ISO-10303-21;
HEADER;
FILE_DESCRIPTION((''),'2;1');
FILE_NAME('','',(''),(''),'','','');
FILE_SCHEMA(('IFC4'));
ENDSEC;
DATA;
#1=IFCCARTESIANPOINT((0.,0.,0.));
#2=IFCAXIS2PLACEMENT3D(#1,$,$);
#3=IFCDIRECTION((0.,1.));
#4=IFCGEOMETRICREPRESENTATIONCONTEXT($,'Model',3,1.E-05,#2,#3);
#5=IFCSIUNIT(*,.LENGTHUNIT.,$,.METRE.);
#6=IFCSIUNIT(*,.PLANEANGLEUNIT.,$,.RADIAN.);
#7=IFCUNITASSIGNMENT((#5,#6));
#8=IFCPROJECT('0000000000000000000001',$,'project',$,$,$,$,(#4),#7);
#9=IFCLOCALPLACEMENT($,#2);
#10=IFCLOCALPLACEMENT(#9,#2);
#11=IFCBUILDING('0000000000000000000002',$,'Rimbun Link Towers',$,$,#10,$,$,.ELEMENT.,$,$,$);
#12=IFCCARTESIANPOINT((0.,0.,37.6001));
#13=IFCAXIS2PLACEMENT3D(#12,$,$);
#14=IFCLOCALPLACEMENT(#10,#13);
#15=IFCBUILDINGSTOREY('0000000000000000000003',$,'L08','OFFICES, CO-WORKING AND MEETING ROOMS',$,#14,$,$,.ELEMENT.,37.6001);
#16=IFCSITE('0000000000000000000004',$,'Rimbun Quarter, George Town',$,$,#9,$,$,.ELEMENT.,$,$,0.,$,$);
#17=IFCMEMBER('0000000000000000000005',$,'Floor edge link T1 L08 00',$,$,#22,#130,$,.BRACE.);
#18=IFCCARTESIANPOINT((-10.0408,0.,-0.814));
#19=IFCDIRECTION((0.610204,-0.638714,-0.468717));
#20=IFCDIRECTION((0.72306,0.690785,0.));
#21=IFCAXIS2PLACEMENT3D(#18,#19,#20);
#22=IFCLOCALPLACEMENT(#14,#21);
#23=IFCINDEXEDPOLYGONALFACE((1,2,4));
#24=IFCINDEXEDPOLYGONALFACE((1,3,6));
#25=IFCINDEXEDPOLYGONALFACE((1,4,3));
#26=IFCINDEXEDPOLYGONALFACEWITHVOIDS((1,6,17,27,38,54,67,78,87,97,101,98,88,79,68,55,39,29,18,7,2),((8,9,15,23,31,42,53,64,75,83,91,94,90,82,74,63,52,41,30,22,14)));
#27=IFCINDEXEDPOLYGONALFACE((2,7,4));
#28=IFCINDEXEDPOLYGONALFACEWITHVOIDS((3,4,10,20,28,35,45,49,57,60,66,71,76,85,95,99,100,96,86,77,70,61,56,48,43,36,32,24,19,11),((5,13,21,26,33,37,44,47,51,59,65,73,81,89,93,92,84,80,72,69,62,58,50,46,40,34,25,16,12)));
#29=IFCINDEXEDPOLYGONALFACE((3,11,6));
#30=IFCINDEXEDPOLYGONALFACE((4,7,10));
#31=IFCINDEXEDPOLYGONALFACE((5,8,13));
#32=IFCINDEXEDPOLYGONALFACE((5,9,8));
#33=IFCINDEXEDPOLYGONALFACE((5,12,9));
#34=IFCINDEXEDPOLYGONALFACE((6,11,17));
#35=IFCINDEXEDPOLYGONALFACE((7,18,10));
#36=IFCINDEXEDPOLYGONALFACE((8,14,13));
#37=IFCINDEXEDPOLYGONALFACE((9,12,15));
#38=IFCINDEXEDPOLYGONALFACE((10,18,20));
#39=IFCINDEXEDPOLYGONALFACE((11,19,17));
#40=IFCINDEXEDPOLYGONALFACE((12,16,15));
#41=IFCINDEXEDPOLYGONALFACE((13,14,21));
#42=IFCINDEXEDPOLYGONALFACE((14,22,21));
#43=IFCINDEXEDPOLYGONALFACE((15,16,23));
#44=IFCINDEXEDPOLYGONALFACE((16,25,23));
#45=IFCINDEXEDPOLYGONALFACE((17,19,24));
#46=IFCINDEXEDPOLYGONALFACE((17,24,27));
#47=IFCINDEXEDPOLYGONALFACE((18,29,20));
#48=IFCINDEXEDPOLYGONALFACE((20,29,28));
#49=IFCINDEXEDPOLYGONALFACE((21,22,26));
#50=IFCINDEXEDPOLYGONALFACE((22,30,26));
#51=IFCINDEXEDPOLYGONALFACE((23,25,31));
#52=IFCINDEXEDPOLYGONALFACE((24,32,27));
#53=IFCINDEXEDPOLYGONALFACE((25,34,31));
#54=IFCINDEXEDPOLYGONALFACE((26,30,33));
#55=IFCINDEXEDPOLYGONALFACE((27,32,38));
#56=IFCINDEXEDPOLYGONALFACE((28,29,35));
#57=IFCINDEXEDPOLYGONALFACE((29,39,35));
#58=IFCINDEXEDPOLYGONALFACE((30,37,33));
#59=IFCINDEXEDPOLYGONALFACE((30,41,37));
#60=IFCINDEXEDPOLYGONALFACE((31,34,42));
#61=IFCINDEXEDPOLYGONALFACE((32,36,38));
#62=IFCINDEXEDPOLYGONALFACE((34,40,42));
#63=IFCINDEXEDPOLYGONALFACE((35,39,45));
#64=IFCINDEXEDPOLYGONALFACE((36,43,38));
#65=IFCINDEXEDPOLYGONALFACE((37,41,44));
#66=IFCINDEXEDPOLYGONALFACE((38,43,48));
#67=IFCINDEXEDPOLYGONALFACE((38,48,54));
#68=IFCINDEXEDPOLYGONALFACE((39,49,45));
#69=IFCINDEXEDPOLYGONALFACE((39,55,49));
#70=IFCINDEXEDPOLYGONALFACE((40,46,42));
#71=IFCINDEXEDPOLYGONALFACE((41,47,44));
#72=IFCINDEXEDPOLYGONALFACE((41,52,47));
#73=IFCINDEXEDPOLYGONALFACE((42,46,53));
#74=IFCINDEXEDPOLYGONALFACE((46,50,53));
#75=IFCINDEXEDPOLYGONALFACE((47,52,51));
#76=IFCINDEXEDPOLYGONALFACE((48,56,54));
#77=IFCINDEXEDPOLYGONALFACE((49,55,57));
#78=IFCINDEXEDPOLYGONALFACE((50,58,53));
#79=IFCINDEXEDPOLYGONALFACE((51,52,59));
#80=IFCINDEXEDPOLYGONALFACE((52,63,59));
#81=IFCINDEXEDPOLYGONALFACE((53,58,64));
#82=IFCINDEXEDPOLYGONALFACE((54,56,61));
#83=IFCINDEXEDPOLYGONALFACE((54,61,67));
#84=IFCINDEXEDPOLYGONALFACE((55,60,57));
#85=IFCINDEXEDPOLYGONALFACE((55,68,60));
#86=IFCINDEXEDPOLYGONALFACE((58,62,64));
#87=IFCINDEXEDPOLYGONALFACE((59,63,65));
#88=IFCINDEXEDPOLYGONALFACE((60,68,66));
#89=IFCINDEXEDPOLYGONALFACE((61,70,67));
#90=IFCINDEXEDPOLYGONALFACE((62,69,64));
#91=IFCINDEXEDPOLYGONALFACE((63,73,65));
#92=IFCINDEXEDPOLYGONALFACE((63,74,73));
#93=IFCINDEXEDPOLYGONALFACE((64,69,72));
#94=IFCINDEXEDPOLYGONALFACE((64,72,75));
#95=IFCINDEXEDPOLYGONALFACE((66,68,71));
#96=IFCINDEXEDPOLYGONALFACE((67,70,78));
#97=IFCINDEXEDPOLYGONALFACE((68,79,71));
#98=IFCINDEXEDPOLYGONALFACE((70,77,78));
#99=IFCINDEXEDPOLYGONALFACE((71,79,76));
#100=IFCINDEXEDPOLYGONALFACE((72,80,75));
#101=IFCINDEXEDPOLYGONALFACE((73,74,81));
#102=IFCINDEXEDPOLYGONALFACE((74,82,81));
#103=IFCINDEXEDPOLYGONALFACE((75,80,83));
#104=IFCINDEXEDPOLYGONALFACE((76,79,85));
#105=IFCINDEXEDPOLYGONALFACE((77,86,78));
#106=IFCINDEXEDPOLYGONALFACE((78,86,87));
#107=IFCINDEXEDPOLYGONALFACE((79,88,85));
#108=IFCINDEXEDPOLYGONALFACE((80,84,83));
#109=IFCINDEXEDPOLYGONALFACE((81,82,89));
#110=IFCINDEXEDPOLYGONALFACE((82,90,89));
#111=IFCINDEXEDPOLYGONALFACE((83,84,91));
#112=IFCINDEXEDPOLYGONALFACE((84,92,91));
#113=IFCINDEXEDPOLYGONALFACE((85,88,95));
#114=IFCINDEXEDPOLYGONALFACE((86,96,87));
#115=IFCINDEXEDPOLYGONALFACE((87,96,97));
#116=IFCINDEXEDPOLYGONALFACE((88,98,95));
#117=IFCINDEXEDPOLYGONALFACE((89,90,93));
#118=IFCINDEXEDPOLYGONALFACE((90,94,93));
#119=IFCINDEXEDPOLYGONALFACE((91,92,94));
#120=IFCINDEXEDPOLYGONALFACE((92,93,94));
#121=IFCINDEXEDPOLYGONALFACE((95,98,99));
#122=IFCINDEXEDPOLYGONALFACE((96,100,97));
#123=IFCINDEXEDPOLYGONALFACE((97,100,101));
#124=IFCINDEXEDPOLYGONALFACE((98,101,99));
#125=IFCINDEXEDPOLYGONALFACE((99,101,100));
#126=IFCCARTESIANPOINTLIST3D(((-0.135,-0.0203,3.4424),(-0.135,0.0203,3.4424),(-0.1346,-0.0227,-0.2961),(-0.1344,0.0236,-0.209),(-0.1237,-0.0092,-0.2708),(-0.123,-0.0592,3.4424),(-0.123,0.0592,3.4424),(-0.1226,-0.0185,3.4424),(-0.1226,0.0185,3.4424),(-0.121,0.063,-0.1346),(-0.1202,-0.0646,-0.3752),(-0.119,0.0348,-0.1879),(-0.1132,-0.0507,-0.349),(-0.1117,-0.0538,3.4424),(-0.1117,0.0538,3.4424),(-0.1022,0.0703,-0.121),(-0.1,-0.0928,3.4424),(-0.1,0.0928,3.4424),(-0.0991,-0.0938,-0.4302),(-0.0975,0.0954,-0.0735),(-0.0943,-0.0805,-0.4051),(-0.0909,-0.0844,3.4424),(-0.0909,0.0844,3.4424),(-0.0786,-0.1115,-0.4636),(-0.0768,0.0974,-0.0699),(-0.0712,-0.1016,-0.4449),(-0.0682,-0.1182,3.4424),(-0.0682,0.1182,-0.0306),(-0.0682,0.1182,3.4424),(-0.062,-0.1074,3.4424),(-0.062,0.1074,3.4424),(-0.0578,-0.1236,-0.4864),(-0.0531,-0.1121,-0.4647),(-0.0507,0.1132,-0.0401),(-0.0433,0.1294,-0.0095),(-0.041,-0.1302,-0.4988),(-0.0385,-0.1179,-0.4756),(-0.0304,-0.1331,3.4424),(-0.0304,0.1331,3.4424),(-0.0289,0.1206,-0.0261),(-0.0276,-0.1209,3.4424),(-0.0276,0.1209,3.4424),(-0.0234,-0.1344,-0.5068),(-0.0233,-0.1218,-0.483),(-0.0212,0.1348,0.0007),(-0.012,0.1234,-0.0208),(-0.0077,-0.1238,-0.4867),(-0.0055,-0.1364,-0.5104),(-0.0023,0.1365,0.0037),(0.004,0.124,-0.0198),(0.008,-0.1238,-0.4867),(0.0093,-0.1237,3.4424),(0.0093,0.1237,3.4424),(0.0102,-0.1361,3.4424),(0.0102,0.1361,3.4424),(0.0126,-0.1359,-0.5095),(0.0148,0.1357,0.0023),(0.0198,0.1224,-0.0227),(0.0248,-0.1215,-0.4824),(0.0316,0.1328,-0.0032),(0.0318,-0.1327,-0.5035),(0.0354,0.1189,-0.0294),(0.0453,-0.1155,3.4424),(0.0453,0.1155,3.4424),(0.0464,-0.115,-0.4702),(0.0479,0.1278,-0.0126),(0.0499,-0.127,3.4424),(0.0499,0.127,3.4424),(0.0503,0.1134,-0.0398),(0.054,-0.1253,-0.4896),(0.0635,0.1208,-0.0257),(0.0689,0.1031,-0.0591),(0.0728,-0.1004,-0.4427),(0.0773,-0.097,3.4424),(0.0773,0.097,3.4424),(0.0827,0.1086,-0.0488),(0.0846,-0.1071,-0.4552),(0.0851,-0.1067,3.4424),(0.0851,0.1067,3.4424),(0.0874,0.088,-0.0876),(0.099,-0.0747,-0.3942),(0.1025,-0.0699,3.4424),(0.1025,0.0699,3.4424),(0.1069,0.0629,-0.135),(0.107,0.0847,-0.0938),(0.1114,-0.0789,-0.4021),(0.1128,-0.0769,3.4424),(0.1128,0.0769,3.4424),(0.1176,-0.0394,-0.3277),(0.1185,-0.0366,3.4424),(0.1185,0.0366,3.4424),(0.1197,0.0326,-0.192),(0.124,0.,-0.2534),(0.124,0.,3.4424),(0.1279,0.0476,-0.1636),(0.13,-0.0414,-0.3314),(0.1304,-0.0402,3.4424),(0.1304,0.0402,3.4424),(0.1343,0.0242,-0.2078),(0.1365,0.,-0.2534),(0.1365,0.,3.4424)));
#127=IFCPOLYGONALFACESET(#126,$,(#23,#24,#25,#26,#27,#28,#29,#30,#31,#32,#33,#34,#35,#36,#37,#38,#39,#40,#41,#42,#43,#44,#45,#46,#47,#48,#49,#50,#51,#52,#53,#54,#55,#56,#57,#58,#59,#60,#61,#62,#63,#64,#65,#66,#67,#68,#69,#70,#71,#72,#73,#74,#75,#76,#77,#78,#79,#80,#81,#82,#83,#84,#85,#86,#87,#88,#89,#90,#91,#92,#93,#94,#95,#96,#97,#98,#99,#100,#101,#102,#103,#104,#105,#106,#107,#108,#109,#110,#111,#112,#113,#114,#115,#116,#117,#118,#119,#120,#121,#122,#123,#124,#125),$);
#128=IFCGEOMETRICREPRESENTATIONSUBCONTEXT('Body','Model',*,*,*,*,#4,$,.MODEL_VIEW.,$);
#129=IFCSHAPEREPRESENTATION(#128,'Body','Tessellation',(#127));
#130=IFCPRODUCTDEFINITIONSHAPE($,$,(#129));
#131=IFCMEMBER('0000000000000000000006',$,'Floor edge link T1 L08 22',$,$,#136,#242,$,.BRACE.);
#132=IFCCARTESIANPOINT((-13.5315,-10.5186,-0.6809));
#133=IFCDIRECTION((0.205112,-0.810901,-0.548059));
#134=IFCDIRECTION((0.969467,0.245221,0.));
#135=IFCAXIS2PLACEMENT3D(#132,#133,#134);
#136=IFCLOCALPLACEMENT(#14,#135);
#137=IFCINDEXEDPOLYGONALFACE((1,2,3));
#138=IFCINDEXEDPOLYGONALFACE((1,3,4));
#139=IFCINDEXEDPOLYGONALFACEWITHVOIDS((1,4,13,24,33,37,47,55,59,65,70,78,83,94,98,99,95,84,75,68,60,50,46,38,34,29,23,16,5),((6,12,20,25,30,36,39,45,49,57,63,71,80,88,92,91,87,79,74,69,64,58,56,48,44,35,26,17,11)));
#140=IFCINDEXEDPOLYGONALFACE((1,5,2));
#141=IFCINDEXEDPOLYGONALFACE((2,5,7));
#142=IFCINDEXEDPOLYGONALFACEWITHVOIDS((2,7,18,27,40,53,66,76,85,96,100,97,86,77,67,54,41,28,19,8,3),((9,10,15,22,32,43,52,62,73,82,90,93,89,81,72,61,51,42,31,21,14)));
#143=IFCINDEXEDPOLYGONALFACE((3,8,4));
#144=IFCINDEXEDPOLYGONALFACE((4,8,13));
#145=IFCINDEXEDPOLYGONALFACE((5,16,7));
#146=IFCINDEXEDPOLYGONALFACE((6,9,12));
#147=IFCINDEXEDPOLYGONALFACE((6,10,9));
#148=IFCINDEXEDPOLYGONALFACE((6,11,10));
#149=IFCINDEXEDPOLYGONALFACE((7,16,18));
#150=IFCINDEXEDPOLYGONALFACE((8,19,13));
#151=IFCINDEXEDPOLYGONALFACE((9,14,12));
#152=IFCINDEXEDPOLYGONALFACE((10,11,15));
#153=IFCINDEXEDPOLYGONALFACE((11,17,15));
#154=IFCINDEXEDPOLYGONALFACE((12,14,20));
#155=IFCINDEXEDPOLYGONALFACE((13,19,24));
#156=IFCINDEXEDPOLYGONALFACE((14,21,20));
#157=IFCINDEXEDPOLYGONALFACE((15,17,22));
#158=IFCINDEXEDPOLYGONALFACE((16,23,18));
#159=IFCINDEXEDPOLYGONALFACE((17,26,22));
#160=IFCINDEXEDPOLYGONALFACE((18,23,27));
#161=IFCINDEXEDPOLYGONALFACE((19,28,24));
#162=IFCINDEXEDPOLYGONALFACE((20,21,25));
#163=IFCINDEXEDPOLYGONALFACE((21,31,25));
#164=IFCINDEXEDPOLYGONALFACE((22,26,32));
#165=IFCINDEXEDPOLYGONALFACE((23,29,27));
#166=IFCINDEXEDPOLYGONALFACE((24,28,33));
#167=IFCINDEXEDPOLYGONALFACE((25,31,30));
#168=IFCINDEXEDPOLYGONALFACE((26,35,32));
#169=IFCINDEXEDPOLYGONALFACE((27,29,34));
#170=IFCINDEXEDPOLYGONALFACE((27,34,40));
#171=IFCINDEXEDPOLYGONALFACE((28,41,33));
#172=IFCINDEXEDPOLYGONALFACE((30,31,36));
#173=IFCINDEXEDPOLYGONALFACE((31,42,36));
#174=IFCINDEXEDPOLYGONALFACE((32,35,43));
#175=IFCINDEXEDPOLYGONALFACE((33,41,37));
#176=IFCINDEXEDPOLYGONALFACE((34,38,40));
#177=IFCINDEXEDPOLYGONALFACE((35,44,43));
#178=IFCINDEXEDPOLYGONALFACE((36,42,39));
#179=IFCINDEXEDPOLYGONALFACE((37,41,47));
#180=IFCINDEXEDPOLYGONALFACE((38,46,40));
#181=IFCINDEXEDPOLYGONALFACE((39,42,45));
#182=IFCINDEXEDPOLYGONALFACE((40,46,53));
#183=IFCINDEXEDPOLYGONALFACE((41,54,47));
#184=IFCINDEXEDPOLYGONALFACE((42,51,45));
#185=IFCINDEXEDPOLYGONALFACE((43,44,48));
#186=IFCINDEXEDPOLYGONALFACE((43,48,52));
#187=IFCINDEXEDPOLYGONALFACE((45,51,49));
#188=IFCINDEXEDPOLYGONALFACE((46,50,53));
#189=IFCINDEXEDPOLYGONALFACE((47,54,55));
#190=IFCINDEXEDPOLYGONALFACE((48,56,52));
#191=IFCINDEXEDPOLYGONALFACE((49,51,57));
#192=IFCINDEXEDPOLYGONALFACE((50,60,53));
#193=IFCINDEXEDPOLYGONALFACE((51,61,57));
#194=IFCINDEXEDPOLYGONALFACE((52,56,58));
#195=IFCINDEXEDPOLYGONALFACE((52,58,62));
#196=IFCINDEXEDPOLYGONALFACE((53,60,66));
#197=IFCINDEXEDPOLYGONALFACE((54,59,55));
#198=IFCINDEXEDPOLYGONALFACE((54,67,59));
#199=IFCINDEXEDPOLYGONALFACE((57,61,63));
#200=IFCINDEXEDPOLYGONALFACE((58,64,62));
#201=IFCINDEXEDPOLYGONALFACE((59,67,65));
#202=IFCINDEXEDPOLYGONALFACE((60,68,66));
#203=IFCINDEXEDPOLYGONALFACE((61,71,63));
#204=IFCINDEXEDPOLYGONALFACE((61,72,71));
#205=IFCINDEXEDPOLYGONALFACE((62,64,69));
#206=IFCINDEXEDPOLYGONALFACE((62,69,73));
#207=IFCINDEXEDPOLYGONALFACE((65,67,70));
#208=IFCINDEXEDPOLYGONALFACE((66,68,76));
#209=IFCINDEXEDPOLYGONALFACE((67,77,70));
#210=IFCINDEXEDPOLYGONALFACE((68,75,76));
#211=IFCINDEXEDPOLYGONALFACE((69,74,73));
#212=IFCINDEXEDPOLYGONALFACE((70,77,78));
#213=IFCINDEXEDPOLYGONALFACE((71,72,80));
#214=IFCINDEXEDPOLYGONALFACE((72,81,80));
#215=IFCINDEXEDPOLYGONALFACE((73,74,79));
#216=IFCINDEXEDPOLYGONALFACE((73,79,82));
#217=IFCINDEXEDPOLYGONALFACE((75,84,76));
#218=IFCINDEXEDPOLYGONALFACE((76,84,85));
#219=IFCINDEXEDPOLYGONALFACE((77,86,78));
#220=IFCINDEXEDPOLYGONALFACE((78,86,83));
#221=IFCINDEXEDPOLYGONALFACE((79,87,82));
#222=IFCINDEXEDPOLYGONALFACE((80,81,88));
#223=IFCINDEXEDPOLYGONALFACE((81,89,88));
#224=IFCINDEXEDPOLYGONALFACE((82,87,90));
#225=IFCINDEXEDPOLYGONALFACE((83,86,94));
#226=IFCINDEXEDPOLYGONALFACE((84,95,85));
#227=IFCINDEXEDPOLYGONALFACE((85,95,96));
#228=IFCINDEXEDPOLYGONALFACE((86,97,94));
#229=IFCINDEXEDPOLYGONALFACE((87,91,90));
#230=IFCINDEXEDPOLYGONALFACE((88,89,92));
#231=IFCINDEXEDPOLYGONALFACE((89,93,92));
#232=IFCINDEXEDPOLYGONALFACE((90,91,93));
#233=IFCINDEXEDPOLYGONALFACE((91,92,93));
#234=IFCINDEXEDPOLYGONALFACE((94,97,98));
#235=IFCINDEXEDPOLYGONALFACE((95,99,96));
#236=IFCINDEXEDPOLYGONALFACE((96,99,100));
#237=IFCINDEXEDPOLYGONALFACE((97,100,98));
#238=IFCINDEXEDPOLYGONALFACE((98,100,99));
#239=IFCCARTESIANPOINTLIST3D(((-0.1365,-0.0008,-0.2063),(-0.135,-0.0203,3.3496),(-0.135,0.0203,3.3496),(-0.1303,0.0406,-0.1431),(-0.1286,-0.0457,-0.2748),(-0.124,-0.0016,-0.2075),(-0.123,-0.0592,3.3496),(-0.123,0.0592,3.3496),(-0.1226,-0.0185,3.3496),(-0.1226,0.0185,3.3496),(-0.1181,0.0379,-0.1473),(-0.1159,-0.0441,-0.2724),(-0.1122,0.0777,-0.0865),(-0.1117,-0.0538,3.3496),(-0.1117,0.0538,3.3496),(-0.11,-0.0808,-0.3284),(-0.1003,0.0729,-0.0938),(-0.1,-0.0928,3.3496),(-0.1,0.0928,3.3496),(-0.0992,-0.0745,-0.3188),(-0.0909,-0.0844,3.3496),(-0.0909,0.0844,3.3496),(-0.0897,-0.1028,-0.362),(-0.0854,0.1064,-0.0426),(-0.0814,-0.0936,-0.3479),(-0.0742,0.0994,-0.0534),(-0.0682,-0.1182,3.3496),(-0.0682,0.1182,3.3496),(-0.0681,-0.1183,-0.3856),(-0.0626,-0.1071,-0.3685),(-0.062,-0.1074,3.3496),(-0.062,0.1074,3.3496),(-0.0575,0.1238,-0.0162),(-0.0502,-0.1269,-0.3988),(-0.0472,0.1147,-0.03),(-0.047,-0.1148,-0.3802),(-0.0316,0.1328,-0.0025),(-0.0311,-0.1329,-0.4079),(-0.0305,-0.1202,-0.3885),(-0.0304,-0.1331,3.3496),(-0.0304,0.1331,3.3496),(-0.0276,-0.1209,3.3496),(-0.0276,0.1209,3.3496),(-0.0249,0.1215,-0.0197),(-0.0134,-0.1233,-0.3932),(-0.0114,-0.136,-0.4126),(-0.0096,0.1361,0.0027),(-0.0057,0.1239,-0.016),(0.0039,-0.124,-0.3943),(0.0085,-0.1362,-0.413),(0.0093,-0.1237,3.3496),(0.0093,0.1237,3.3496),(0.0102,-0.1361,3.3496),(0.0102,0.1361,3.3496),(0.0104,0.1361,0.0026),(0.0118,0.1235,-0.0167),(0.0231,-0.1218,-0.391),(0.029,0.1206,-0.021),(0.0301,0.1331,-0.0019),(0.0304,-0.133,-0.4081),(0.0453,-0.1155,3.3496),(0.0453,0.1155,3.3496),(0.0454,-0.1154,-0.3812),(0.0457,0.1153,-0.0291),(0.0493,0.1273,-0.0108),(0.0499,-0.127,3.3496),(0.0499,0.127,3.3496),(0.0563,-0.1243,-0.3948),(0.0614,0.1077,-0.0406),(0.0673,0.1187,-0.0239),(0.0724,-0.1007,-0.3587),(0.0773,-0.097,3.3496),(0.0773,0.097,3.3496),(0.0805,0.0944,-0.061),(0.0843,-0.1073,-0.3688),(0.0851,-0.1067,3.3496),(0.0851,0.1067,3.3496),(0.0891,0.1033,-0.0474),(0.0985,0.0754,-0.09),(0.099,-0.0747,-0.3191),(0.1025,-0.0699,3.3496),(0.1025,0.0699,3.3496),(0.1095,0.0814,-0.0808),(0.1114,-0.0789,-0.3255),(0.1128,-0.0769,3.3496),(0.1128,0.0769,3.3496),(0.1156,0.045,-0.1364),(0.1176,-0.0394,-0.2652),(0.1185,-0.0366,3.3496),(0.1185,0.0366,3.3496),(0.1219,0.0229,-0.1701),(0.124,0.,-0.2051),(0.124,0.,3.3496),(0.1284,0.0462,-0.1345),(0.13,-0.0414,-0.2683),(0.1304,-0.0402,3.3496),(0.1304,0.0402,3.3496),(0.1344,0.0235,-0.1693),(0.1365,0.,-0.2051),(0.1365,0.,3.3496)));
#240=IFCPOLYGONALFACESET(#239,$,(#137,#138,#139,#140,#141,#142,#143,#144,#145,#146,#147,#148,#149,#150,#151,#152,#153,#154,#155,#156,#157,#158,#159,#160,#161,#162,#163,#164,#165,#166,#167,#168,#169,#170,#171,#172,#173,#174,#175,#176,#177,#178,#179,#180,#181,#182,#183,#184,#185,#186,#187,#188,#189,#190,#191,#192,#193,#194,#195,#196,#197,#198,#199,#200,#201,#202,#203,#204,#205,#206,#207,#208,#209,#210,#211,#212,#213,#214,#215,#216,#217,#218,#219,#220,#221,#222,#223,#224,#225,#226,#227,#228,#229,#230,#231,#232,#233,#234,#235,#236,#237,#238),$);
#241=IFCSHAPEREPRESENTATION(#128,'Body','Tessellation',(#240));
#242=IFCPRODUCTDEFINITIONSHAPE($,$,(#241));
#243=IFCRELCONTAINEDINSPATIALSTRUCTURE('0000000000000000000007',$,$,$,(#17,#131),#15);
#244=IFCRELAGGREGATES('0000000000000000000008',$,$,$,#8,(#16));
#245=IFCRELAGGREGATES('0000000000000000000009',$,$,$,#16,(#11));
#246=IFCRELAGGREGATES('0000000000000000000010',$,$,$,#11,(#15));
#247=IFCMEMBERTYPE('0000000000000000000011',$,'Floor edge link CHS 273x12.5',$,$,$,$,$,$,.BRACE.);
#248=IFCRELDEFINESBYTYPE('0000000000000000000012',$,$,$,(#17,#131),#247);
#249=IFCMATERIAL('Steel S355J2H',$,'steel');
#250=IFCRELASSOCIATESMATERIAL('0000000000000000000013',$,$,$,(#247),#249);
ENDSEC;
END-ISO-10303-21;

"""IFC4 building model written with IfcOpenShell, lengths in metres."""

from ifc_helpers import new_model, si_unit, direction, frame, origin, origin_2d, place, context, subcontext, project, spatial, hollow_circle, extrude, clip, halfspace, material, material_profile, profile_set, type_object, element, save


model = new_model("IFC4")

# Units and contexts
model_context = context("Model", 3, precision=1e-05, world=origin(), true_north=direction((0.0, 1.0)))
body_context = subcontext(model_context, "Body", "Model", "MODEL_VIEW")
ifc_project = project(units=[si_unit("LENGTHUNIT", "METRE"), si_unit("PLANEANGLEUNIT", "RADIAN")], contexts=[model_context])

# Site, building, storey
site_placement = place(None, origin())
site = spatial("IfcSite", under=ifc_project, at=site_placement, Name="Rimbun Quarter, George Town", CompositionType="ELEMENT", RefElevation=0.0)
building_placement = place(site_placement, origin())
building = spatial("IfcBuilding", under=site, at=building_placement, Name="Rimbun Link Towers", CompositionType="ELEMENT")
storey_placement = place(building_placement, frame((0.0, 0.0, 37.6001)))
storey = spatial("IfcBuildingStorey", under=building, at=storey_placement, Name="L08", Description="OFFICES, CO-WORKING AND MEETING ROOMS", CompositionType="ELEMENT", Elevation=37.6001)

# Members
ifc_material_1 = material(Name="Steel S355J2H", Category="steel")
ifc_material_profile_1 = material_profile(ifc_material_1, hollow_circle(Radius=0.1365, WallThickness=0.0125, at=origin_2d()), Name="CHS 273x12.5")
ifc_profile_set_1 = profile_set([ifc_material_profile_1], Name="Steel S355J2H")
member_type_1 = type_object("IfcMemberType", Name="Floor edge link CHS 273x12.5", PredefinedType="BRACE", material=ifc_profile_set_1)
member_1_placement = place(storey_placement, frame((-10.0408, 0.0, -0.814), z_axis=(0.610204, -0.638714, -0.468717), x_axis=(0.72306, 0.690785, 0.0)))
element("IfcMember", 1, at=member_1_placement, inside=storey, type_object=member_type_1, Name="Floor edge link T1 L08 00", PredefinedType="BRACE", context=body_context, shape_type="Clipping", body=[
    clip(extrude(hollow_circle(Radius=0.1365, WallThickness=0.0125, at=origin_2d()), frame((0.0, 0.0, -0.5359)), (0.0, 0.0, 1.0), 3.9783), halfspace(frame((0.0, 0.0, -0.2534), z_axis=(0.0, 0.883349, -0.468717)), False)),
])
member_2_placement = place(storey_placement, frame((-13.5315, -10.5186, -0.6809), z_axis=(0.205112, -0.810901, -0.548059), x_axis=(0.969467, 0.245221, 0.0)))
element("IfcMember", 2, at=member_2_placement, inside=storey, type_object=member_type_1, Name="Floor edge link T1 L08 22", PredefinedType="BRACE", context=body_context, shape_type="Clipping", body=[
    clip(extrude(hollow_circle(Radius=0.1365, WallThickness=0.0125, at=origin_2d()), frame((0.0, 0.0, -0.4348)), (0.0, 0.0, 1.0), 3.7844), halfspace(frame((0.0, 0.0, -0.2051), z_axis=(0.0, 0.836439, -0.548059)), False)),
])

save(model, "model.ifc")
